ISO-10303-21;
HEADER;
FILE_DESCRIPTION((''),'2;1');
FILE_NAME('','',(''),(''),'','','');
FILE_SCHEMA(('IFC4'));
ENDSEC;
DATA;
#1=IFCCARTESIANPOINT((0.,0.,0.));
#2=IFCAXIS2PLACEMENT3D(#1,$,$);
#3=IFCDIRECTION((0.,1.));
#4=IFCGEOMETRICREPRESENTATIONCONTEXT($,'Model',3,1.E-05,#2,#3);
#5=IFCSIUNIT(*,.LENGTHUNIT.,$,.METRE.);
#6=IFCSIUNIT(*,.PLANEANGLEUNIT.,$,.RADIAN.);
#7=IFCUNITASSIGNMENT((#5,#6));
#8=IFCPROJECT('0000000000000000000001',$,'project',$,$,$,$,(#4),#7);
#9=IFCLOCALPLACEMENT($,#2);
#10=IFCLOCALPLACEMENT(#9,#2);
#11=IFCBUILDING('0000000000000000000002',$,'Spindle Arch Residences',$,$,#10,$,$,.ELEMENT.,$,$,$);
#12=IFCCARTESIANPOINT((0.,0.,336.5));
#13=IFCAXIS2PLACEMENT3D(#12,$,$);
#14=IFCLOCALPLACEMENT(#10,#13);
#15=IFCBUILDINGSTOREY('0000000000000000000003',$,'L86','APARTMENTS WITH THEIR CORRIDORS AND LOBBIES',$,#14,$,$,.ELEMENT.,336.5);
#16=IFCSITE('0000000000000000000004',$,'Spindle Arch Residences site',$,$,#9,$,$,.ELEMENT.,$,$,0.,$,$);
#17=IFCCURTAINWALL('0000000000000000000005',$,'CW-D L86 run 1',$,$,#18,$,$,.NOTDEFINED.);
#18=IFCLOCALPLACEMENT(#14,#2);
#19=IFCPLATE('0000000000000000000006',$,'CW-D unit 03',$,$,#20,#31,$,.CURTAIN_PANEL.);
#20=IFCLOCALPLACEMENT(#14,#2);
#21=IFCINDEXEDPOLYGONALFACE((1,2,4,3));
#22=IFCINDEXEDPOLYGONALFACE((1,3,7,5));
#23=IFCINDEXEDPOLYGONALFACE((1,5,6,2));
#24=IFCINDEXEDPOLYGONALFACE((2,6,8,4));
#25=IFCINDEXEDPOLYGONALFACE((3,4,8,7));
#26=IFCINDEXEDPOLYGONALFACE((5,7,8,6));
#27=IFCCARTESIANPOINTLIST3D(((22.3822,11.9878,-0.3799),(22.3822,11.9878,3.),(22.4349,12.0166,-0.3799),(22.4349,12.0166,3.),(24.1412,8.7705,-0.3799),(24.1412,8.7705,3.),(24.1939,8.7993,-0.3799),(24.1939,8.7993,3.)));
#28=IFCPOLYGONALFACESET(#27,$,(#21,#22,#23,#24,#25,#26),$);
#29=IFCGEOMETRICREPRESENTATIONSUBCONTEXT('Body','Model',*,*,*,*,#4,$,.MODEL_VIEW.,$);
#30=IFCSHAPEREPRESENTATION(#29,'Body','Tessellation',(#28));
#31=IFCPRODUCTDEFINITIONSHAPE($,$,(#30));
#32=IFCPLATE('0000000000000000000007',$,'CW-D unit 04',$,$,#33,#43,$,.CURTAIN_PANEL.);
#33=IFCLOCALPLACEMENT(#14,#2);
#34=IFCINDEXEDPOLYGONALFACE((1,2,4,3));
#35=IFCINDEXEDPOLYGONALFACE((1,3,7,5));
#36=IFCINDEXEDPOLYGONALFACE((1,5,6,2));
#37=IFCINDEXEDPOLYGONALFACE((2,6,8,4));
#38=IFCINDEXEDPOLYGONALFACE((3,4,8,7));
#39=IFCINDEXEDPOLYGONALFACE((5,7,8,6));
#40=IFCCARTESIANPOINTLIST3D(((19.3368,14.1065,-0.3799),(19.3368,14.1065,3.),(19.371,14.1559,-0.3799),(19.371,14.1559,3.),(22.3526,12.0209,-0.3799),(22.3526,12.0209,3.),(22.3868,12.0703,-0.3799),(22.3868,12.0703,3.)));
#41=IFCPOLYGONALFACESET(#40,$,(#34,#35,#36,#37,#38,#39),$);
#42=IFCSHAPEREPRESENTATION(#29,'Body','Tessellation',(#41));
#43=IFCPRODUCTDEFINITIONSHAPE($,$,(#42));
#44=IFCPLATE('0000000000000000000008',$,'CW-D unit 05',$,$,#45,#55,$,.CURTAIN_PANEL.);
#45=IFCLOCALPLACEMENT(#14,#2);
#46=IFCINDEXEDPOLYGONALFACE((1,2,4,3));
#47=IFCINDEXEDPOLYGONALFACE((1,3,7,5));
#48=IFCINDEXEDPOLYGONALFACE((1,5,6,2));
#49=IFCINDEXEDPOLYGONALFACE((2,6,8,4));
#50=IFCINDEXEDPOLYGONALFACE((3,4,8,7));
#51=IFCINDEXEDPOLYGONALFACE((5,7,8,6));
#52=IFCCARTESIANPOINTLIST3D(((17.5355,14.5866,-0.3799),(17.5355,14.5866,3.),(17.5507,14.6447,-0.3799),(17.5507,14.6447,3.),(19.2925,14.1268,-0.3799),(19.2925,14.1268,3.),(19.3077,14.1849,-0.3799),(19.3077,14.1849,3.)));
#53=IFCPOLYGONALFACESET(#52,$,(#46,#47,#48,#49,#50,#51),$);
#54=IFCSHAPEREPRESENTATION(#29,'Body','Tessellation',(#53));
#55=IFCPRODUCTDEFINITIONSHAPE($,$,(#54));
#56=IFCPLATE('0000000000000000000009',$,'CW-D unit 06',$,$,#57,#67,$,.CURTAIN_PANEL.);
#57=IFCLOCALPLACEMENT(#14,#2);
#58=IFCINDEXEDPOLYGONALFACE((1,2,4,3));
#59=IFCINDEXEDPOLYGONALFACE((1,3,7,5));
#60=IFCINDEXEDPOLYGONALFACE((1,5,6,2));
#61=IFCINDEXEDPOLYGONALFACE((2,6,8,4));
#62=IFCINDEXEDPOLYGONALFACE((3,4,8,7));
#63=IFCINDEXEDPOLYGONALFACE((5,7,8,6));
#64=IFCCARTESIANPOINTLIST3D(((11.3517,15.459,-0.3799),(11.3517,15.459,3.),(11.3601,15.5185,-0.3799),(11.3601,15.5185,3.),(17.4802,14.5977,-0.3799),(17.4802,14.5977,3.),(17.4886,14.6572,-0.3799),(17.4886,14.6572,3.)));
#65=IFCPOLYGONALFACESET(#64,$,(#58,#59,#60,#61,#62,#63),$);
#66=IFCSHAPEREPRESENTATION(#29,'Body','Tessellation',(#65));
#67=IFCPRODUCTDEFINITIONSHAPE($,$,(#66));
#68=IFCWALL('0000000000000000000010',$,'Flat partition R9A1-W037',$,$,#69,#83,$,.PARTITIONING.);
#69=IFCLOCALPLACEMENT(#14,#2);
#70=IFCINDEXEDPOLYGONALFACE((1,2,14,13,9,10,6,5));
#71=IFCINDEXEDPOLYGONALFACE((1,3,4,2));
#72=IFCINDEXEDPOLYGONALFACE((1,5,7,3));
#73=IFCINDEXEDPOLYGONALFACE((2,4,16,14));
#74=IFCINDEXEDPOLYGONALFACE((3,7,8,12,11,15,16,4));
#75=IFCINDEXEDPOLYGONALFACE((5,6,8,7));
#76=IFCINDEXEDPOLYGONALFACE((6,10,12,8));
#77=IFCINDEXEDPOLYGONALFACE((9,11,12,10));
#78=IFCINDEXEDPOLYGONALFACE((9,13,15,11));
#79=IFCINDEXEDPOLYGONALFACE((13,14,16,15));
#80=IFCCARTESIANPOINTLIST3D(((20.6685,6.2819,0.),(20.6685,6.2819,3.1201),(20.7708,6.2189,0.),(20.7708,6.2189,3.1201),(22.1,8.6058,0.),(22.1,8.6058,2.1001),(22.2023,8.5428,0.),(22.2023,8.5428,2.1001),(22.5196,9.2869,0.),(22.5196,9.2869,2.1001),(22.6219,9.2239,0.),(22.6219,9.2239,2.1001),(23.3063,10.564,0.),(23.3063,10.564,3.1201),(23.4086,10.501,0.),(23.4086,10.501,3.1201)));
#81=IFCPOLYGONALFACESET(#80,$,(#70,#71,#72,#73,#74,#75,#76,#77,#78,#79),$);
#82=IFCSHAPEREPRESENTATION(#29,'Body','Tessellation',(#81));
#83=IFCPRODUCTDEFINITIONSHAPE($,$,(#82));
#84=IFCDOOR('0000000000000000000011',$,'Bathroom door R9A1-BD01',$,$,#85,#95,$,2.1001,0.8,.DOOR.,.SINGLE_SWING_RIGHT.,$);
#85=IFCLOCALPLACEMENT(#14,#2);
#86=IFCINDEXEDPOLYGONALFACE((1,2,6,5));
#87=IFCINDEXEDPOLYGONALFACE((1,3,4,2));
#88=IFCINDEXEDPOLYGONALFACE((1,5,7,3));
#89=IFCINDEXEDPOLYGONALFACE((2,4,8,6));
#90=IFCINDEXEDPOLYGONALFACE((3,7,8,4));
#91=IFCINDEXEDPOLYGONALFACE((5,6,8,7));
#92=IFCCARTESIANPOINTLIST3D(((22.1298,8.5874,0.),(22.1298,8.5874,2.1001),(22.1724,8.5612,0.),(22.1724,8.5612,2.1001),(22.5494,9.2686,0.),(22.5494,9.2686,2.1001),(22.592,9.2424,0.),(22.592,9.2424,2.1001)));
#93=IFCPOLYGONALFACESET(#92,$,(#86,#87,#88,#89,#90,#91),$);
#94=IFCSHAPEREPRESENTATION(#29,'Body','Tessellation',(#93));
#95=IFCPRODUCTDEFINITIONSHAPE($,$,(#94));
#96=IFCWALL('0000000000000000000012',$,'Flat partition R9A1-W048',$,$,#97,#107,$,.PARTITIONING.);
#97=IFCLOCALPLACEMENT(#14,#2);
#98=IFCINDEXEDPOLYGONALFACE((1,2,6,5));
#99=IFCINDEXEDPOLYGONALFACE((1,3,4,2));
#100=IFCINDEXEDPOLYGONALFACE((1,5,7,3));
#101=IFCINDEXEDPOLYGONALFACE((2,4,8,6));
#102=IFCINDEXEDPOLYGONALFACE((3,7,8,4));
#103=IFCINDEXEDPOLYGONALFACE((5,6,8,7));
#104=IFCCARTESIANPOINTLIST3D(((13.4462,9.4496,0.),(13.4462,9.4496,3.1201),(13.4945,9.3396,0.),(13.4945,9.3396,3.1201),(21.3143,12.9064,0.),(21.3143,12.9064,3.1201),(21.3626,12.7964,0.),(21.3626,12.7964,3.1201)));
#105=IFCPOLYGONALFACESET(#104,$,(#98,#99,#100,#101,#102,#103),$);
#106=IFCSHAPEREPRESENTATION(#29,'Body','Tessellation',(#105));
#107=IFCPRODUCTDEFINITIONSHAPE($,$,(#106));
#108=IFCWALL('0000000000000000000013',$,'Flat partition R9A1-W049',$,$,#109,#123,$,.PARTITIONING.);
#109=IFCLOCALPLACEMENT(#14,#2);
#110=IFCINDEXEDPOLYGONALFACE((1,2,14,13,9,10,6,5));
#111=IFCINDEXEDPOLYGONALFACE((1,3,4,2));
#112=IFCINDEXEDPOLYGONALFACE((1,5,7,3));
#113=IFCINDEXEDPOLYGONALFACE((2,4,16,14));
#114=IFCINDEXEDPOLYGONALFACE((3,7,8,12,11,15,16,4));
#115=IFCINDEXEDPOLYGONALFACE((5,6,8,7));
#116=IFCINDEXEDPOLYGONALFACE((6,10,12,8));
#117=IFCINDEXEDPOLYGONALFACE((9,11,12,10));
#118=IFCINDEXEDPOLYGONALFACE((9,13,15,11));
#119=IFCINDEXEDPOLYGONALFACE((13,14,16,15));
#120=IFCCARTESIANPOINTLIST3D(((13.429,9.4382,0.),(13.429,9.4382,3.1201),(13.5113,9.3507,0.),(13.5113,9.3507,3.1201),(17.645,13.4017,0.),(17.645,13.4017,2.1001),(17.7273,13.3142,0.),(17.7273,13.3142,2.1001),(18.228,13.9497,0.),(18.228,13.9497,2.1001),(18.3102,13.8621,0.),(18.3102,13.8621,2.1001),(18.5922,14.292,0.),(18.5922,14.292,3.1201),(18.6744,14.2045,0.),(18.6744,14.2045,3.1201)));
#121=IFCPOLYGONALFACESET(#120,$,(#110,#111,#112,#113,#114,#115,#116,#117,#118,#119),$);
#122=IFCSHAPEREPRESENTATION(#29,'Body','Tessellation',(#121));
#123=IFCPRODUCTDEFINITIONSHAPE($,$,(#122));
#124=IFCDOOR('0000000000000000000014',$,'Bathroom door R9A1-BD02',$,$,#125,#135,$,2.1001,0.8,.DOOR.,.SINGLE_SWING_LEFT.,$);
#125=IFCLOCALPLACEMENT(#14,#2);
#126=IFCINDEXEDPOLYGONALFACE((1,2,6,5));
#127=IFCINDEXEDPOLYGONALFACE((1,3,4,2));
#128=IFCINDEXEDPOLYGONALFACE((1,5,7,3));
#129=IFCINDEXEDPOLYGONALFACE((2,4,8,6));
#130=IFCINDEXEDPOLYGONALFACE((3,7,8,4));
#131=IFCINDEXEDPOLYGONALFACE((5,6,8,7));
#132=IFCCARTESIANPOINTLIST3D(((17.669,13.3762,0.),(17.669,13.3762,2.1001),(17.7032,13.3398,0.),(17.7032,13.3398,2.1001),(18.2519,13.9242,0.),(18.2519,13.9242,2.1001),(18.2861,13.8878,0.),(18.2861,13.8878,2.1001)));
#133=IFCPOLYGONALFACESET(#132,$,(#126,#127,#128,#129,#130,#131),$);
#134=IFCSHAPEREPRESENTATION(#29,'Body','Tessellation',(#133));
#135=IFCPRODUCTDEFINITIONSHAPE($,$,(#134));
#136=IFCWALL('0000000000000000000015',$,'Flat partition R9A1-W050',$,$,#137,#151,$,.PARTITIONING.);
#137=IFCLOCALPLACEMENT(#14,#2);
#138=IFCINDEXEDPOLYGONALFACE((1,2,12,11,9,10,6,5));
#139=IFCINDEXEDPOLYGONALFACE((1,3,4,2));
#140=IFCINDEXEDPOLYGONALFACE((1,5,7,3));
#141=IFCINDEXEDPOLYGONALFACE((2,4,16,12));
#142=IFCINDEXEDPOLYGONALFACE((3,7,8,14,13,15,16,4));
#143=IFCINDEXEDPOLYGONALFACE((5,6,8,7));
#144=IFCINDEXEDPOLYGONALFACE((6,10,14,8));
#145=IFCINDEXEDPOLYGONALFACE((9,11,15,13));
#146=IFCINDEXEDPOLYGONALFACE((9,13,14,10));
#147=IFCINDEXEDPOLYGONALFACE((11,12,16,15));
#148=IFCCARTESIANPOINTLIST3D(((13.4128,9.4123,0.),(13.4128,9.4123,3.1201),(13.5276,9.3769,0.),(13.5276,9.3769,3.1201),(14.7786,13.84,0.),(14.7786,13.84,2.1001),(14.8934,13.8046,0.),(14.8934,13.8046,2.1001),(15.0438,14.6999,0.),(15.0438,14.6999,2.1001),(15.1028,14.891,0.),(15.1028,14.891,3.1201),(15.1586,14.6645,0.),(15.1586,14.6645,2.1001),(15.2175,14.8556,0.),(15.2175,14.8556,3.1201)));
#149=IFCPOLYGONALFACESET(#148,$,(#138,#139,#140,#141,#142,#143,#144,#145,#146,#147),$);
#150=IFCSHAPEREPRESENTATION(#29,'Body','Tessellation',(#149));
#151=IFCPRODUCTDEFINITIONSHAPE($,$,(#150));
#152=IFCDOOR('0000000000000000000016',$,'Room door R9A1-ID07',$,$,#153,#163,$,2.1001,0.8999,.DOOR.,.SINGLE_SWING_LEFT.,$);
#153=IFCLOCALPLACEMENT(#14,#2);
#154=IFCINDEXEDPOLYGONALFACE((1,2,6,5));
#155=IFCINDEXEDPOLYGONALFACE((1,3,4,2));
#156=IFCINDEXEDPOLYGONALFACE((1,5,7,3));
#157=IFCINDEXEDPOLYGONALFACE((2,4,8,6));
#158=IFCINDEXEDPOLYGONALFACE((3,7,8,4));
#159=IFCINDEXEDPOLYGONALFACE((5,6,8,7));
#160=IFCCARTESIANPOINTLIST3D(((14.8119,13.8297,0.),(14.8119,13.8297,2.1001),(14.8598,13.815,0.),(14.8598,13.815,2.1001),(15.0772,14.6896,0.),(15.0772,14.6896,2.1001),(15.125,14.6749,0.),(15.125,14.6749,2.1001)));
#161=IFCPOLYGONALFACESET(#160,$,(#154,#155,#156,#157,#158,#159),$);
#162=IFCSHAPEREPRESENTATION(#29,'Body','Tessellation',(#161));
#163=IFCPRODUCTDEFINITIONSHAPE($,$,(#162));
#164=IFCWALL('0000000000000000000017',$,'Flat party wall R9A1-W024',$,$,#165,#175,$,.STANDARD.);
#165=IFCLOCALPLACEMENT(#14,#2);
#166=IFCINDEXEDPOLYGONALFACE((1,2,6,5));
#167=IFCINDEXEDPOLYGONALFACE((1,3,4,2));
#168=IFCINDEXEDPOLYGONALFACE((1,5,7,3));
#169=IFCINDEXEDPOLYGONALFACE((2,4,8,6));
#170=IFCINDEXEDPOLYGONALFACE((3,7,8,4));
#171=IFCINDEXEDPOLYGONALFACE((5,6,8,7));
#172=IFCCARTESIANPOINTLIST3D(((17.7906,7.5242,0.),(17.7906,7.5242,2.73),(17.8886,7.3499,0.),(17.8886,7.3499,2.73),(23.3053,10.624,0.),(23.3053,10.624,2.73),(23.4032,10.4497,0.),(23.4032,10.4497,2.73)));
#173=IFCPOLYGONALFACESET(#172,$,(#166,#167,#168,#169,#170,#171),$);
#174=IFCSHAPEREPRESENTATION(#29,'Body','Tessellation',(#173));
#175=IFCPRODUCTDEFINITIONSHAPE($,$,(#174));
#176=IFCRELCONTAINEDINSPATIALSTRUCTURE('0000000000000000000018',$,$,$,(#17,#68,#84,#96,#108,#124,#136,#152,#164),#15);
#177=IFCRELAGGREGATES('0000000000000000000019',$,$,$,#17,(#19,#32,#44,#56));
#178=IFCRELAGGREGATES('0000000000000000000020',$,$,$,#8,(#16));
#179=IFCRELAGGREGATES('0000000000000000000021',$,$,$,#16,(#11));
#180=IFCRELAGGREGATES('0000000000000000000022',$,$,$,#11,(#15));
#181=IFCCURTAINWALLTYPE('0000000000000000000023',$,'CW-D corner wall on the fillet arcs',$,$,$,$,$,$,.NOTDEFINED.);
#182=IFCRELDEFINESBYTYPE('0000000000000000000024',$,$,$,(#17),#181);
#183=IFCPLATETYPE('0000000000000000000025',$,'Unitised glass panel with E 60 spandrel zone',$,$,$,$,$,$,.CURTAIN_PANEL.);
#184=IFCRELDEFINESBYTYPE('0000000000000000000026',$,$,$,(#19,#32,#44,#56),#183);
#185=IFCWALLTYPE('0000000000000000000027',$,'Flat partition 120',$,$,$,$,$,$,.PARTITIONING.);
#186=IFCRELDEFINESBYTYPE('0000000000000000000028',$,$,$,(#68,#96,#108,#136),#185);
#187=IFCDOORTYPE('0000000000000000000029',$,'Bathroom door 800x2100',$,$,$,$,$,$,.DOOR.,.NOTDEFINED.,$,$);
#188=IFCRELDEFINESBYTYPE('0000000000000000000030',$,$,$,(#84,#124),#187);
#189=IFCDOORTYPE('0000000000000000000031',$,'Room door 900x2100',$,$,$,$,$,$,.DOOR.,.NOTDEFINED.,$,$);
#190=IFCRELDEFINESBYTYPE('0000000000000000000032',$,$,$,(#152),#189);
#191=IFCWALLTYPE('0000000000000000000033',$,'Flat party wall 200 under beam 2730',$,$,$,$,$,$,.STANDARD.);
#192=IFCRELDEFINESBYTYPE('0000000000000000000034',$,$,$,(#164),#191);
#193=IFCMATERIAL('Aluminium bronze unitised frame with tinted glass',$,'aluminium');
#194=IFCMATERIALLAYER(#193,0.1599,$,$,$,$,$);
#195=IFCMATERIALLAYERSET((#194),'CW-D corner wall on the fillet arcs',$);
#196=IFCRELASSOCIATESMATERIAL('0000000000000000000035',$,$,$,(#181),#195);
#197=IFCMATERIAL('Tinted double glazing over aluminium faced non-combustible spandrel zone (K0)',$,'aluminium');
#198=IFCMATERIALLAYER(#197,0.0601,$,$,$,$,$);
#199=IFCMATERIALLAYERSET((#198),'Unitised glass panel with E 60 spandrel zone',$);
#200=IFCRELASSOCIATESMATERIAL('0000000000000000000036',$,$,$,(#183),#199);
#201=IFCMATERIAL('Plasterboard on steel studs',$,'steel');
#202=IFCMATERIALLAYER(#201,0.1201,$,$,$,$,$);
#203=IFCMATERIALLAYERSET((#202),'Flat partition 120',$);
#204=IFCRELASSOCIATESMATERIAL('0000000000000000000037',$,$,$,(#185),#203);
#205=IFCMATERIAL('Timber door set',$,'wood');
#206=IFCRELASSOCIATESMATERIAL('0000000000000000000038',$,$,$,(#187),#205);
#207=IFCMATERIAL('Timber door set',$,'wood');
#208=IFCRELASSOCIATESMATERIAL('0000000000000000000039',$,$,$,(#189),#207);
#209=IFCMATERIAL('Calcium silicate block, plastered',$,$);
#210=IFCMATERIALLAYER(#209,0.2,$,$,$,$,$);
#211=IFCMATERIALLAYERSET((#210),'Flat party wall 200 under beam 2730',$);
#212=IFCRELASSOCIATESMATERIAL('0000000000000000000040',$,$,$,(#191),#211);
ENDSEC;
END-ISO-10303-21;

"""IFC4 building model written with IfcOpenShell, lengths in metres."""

from ifc_helpers import new_model, si_unit, direction, frame, frame_2d, origin, origin_2d, place, context, subcontext, project, spatial, rectangle, extrude, material, layer, layer_set, type_object, element, fill, aggregate, save


model = new_model("IFC4")

# Units and contexts
model_context = context("Model", 3, precision=1e-05, world=origin(), true_north=direction((0.0, 1.0)))
body_context = subcontext(model_context, "Body", "Model", "MODEL_VIEW")
ifc_project = project(units=[si_unit("LENGTHUNIT", "METRE"), si_unit("PLANEANGLEUNIT", "RADIAN")], contexts=[model_context])

# Site, building, storey
site_placement = place(None, origin())
site = spatial("IfcSite", under=ifc_project, at=site_placement, Name="Spindle Arch Residences site", CompositionType="ELEMENT", RefElevation=0.0)
building_placement = place(site_placement, origin())
building = spatial("IfcBuilding", under=site, at=building_placement, Name="Spindle Arch Residences", CompositionType="ELEMENT")
storey_placement = place(building_placement, frame((0.0, 0.0, 336.5)))
storey = spatial("IfcBuildingStorey", under=building, at=storey_placement, Name="L86", Description="APARTMENTS WITH THEIR CORRIDORS AND LOBBIES", CompositionType="ELEMENT", Elevation=336.5)

# Curtain wall
ifc_material_1 = material(Name="Aluminium bronze unitised frame with tinted glass", Category="aluminium")
ifc_layer_1 = layer(ifc_material_1, 0.1599)
ifc_layer_set_1 = layer_set([ifc_layer_1], Name="CW-D corner wall on the fillet arcs")
curtain_wall_type = type_object("IfcCurtainWallType", Name="CW-D corner wall on the fillet arcs", PredefinedType="NOTDEFINED", material=ifc_layer_set_1)
curtain_wall_placement = place(storey_placement, origin())
curtain_wall = element("IfcCurtainWall", 1, at=curtain_wall_placement, inside=storey, type_object=curtain_wall_type, Name="CW-D L86 run 1", PredefinedType="NOTDEFINED")

# Plates
ifc_material_2 = material(Name="Tinted double glazing over aluminium faced non-combustible spandrel zone (K0)", Category="aluminium")
ifc_layer_2 = layer(ifc_material_2, 0.0601)
ifc_layer_set_2 = layer_set([ifc_layer_2], Name="Unitised glass panel with E 60 spandrel zone")
plate_type = type_object("IfcPlateType", Name="Unitised glass panel with E 60 spandrel zone", PredefinedType="CURTAIN_PANEL", material=ifc_layer_set_2)
plate_1_placement = place(storey_placement, frame((23.2881, 10.3936, -0.3799), z_axis=(0.0, 0.0, 1.0), x_axis=(-0.479713, 0.877425, 0.0)))
plate_1 = element("IfcPlate", 2, at=plate_1_placement, type_object=plate_type, Name="CW-D unit 03", PredefinedType="CURTAIN_PANEL", context=body_context, shape_type="SweptSolid", body=[
    extrude(rectangle(XDim=3.6667, YDim=0.0601, at=origin_2d()), origin(), (0.0, 0.0, 1.0), 3.3799),
])
plate_2_placement = place(storey_placement, frame((20.8618, 13.0884, -0.3799), z_axis=(0.0, 0.0, 1.0), x_axis=(-0.822475, 0.568801, 0.0)))
plate_2 = element("IfcPlate", 3, at=plate_2_placement, type_object=plate_type, Name="CW-D unit 04", PredefinedType="CURTAIN_PANEL", context=body_context, shape_type="SweptSolid", body=[
    extrude(rectangle(XDim=3.6667, YDim=0.0601, at=origin_2d()), origin(), (0.0, 0.0, 1.0), 3.3799),
])
plate_3_placement = place(storey_placement, frame((18.4216, 14.3857, -0.3799), z_axis=(0.0, 0.0, 1.0), x_axis=(-0.967415, 0.253195, 0.0)))
plate_3 = element("IfcPlate", 4, at=plate_3_placement, type_object=plate_type, Name="CW-D unit 05", PredefinedType="CURTAIN_PANEL", context=body_context, shape_type="SweptSolid", body=[
    extrude(rectangle(XDim=1.8162, YDim=0.0601, at=origin_2d()), origin(), (0.0, 0.0, 1.0), 3.3799),
])
plate_4_placement = place(storey_placement, frame((14.4202, 15.0581, -0.3799), z_axis=(0.0, 0.0, 1.0), x_axis=(-0.990268, 0.139173, 0.0)))
plate_4 = element("IfcPlate", 5, at=plate_4_placement, type_object=plate_type, Name="CW-D unit 06", PredefinedType="CURTAIN_PANEL", context=body_context, shape_type="SweptSolid", body=[
    extrude(rectangle(XDim=6.1887, YDim=0.0601, at=origin_2d()), origin(), (0.0, 0.0, 1.0), 3.3799),
])
aggregate(curtain_wall, [plate_1, plate_2, plate_3, plate_4])

# Wall, opening, door
ifc_material_3 = material(Name="Plasterboard on steel studs", Category="steel")
ifc_layer_3 = layer(ifc_material_3, 0.1201)
ifc_layer_set_3 = layer_set([ifc_layer_3], Name="Flat partition 120")
wall_type_1 = type_object("IfcWallType", Name="Flat partition 120", PredefinedType="PARTITIONING", material=ifc_layer_set_3)
wall_1_placement = place(storey_placement, frame((23.3574, 10.5325, 0.0), z_axis=(0.0, 0.0, 1.0), x_axis=(-0.524477, -0.851425, 0.0)))
wall_1 = element("IfcWall", 6, at=wall_1_placement, inside=storey, type_object=wall_type_1, Name="Flat partition R9A1-W037", PredefinedType="PARTITIONING", context=body_context, shape_type="SweptSolid", body=[
    extrude(rectangle(XDim=5.0293, YDim=0.1201, at=frame_2d((2.5146, 0.0))), origin(), (0.0, 0.0, 1.0), 3.1201),
])
opening_1_placement = place(wall_1_placement, frame((1.5, 0.0, 0.0)))
opening_1 = element("IfcOpeningElement", 7, at=opening_1_placement, cuts=wall_1, PredefinedType="OPENING", context=body_context, shape_type="SweptSolid", body=[
    extrude(rectangle(XDim=0.8, YDim=2.1001, at=frame_2d((0.3999, 1.05))), frame((0.0, 0.0701, 0.0), z_axis=(0.0, -1.0, 0.0), x_axis=(1.0, 0.0, 0.0)), (0.0, 0.0, 1.0), 0.1401),
])
ifc_material_4 = material(Name="Timber door set", Category="wood")
door_type_1 = type_object("IfcDoorType", Name="Bathroom door 800x2100", OperationType="NOTDEFINED", PredefinedType="DOOR", material=ifc_material_4)
door_1_placement = place(opening_1_placement, origin())
door_1 = element("IfcDoor", 8, at=door_1_placement, inside=storey, type_object=door_type_1, Name="Bathroom door R9A1-BD01", OperationType="SINGLE_SWING_RIGHT", OverallHeight=2.1001, OverallWidth=0.8, PredefinedType="DOOR", context=body_context, shape_type="SweptSolid", body=[
    extrude(rectangle(XDim=0.8, YDim=2.1001, at=frame_2d((0.3999, 1.05))), frame((0.0, 0.0249, 0.0), z_axis=(0.0, -1.0, 0.0), x_axis=(1.0, 0.0, 0.0)), (0.0, 0.0, 1.0), 0.05),
])
fill(opening_1, door_1)

# Wall
wall_2_placement = place(storey_placement, frame((21.3384, 12.8513, 0.0), z_axis=(0.0, 0.0, 1.0), x_axis=(-0.915538, -0.402231, 0.0)))
element("IfcWall", 9, at=wall_2_placement, inside=storey, type_object=wall_type_1, Name="Flat partition R9A1-W048", PredefinedType="PARTITIONING", context=body_context, shape_type="SweptSolid", body=[
    extrude(rectangle(XDim=8.594, YDim=0.1201, at=frame_2d((4.2969, 0.0))), origin(), (0.0, 0.0, 1.0), 3.1201),
])

# Walls, openings, doors
wall_3_placement = place(storey_placement, frame((18.6333, 14.2483, 0.0), z_axis=(0.0, 0.0, 1.0), x_axis=(-0.728595, -0.684944, 0.0)))
wall_3 = element("IfcWall", 10, at=wall_3_placement, inside=storey, type_object=wall_type_1, Name="Flat partition R9A1-W049", PredefinedType="PARTITIONING", context=body_context, shape_type="SweptSolid", body=[
    extrude(rectangle(XDim=7.0864, YDim=0.1201, at=frame_2d((3.5432, 0.0))), origin(), (0.0, 0.0, 1.0), 3.1201),
])
opening_2_placement = place(wall_3_placement, frame((0.5, 0.0, 0.0)))
opening_2 = element("IfcOpeningElement", 11, at=opening_2_placement, cuts=wall_3, PredefinedType="OPENING", context=body_context, shape_type="SweptSolid", body=[
    extrude(rectangle(XDim=0.8, YDim=2.1001, at=frame_2d((0.3999, 1.05))), frame((0.0, 0.0701, 0.0), z_axis=(0.0, -1.0, 0.0), x_axis=(1.0, 0.0, 0.0)), (0.0, 0.0, 1.0), 0.1401),
])
door_2_placement = place(opening_2_placement, origin())
door_2 = element("IfcDoor", 12, at=door_2_placement, inside=storey, type_object=door_type_1, Name="Bathroom door R9A1-BD02", OperationType="SINGLE_SWING_LEFT", OverallHeight=2.1001, OverallWidth=0.8, PredefinedType="DOOR", context=body_context, shape_type="SweptSolid", body=[
    extrude(rectangle(XDim=0.8, YDim=2.1001, at=frame_2d((0.3999, 1.05))), frame((0.0, 0.0249, 0.0), z_axis=(0.0, -1.0, 0.0), x_axis=(1.0, 0.0, 0.0)), (0.0, 0.0, 1.0), 0.05),
])
fill(opening_2, door_2)
wall_4_placement = place(storey_placement, frame((15.1602, 14.8733, 0.0), z_axis=(0.0, 0.0, 1.0), x_axis=(-0.29475, -0.955574, 0.0)))
wall_4 = element("IfcWall", 13, at=wall_4_placement, inside=storey, type_object=wall_type_1, Name="Flat partition R9A1-W050", PredefinedType="PARTITIONING", context=body_context, shape_type="SweptSolid", body=[
    extrude(rectangle(XDim=5.7334, YDim=0.1201, at=frame_2d((2.8667, 0.0))), origin(), (0.0, 0.0, 1.0), 3.1201),
])
opening_3_placement = place(wall_4_placement, frame((0.2, 0.0, 0.0)))
opening_3 = element("IfcOpeningElement", 14, at=opening_3_placement, cuts=wall_4, PredefinedType="OPENING", context=body_context, shape_type="SweptSolid", body=[
    extrude(rectangle(XDim=0.8999, YDim=2.1001, at=frame_2d((0.45, 1.05))), frame((0.0, 0.0701, 0.0), z_axis=(0.0, -1.0, 0.0), x_axis=(1.0, 0.0, 0.0)), (0.0, 0.0, 1.0), 0.1401),
])
ifc_material_5 = material(Name="Timber door set", Category="wood")
door_type_2 = type_object("IfcDoorType", Name="Room door 900x2100", OperationType="NOTDEFINED", PredefinedType="DOOR", material=ifc_material_5)
door_3_placement = place(opening_3_placement, origin())
door_3 = element("IfcDoor", 15, at=door_3_placement, inside=storey, type_object=door_type_2, Name="Room door R9A1-ID07", OperationType="SINGLE_SWING_LEFT", OverallHeight=2.1001, OverallWidth=0.8999, PredefinedType="DOOR", context=body_context, shape_type="SweptSolid", body=[
    extrude(rectangle(XDim=0.8999, YDim=2.1001, at=frame_2d((0.45, 1.05))), frame((0.0, 0.0249, 0.0), z_axis=(0.0, -1.0, 0.0), x_axis=(1.0, 0.0, 0.0)), (0.0, 0.0, 1.0), 0.05),
])
fill(opening_3, door_3)

# Wall
ifc_material_6 = material(Name="Calcium silicate block, plastered")
ifc_layer_4 = layer(ifc_material_6, 0.2)
ifc_layer_set_4 = layer_set([ifc_layer_4], Name="Flat party wall 200 under beam 2730")
wall_type_2 = type_object("IfcWallType", Name="Flat party wall 200 under beam 2730", PredefinedType="STANDARD", material=ifc_layer_set_4)
wall_5_placement = place(storey_placement, frame((23.3542, 10.5369, 0.0), z_axis=(0.0, 0.0, 1.0), x_axis=(-0.87172, -0.490005, 0.0)))
element("IfcWall", 16, at=wall_5_placement, inside=storey, type_object=wall_type_2, Name="Flat party wall R9A1-W024", PredefinedType="STANDARD", context=body_context, shape_type="SweptSolid", body=[
    extrude(rectangle(XDim=6.3262, YDim=0.2, at=frame_2d((3.1631, 0.0))), origin(), (0.0, 0.0, 1.0), 2.73),
])

save(model, "model.ifc")
